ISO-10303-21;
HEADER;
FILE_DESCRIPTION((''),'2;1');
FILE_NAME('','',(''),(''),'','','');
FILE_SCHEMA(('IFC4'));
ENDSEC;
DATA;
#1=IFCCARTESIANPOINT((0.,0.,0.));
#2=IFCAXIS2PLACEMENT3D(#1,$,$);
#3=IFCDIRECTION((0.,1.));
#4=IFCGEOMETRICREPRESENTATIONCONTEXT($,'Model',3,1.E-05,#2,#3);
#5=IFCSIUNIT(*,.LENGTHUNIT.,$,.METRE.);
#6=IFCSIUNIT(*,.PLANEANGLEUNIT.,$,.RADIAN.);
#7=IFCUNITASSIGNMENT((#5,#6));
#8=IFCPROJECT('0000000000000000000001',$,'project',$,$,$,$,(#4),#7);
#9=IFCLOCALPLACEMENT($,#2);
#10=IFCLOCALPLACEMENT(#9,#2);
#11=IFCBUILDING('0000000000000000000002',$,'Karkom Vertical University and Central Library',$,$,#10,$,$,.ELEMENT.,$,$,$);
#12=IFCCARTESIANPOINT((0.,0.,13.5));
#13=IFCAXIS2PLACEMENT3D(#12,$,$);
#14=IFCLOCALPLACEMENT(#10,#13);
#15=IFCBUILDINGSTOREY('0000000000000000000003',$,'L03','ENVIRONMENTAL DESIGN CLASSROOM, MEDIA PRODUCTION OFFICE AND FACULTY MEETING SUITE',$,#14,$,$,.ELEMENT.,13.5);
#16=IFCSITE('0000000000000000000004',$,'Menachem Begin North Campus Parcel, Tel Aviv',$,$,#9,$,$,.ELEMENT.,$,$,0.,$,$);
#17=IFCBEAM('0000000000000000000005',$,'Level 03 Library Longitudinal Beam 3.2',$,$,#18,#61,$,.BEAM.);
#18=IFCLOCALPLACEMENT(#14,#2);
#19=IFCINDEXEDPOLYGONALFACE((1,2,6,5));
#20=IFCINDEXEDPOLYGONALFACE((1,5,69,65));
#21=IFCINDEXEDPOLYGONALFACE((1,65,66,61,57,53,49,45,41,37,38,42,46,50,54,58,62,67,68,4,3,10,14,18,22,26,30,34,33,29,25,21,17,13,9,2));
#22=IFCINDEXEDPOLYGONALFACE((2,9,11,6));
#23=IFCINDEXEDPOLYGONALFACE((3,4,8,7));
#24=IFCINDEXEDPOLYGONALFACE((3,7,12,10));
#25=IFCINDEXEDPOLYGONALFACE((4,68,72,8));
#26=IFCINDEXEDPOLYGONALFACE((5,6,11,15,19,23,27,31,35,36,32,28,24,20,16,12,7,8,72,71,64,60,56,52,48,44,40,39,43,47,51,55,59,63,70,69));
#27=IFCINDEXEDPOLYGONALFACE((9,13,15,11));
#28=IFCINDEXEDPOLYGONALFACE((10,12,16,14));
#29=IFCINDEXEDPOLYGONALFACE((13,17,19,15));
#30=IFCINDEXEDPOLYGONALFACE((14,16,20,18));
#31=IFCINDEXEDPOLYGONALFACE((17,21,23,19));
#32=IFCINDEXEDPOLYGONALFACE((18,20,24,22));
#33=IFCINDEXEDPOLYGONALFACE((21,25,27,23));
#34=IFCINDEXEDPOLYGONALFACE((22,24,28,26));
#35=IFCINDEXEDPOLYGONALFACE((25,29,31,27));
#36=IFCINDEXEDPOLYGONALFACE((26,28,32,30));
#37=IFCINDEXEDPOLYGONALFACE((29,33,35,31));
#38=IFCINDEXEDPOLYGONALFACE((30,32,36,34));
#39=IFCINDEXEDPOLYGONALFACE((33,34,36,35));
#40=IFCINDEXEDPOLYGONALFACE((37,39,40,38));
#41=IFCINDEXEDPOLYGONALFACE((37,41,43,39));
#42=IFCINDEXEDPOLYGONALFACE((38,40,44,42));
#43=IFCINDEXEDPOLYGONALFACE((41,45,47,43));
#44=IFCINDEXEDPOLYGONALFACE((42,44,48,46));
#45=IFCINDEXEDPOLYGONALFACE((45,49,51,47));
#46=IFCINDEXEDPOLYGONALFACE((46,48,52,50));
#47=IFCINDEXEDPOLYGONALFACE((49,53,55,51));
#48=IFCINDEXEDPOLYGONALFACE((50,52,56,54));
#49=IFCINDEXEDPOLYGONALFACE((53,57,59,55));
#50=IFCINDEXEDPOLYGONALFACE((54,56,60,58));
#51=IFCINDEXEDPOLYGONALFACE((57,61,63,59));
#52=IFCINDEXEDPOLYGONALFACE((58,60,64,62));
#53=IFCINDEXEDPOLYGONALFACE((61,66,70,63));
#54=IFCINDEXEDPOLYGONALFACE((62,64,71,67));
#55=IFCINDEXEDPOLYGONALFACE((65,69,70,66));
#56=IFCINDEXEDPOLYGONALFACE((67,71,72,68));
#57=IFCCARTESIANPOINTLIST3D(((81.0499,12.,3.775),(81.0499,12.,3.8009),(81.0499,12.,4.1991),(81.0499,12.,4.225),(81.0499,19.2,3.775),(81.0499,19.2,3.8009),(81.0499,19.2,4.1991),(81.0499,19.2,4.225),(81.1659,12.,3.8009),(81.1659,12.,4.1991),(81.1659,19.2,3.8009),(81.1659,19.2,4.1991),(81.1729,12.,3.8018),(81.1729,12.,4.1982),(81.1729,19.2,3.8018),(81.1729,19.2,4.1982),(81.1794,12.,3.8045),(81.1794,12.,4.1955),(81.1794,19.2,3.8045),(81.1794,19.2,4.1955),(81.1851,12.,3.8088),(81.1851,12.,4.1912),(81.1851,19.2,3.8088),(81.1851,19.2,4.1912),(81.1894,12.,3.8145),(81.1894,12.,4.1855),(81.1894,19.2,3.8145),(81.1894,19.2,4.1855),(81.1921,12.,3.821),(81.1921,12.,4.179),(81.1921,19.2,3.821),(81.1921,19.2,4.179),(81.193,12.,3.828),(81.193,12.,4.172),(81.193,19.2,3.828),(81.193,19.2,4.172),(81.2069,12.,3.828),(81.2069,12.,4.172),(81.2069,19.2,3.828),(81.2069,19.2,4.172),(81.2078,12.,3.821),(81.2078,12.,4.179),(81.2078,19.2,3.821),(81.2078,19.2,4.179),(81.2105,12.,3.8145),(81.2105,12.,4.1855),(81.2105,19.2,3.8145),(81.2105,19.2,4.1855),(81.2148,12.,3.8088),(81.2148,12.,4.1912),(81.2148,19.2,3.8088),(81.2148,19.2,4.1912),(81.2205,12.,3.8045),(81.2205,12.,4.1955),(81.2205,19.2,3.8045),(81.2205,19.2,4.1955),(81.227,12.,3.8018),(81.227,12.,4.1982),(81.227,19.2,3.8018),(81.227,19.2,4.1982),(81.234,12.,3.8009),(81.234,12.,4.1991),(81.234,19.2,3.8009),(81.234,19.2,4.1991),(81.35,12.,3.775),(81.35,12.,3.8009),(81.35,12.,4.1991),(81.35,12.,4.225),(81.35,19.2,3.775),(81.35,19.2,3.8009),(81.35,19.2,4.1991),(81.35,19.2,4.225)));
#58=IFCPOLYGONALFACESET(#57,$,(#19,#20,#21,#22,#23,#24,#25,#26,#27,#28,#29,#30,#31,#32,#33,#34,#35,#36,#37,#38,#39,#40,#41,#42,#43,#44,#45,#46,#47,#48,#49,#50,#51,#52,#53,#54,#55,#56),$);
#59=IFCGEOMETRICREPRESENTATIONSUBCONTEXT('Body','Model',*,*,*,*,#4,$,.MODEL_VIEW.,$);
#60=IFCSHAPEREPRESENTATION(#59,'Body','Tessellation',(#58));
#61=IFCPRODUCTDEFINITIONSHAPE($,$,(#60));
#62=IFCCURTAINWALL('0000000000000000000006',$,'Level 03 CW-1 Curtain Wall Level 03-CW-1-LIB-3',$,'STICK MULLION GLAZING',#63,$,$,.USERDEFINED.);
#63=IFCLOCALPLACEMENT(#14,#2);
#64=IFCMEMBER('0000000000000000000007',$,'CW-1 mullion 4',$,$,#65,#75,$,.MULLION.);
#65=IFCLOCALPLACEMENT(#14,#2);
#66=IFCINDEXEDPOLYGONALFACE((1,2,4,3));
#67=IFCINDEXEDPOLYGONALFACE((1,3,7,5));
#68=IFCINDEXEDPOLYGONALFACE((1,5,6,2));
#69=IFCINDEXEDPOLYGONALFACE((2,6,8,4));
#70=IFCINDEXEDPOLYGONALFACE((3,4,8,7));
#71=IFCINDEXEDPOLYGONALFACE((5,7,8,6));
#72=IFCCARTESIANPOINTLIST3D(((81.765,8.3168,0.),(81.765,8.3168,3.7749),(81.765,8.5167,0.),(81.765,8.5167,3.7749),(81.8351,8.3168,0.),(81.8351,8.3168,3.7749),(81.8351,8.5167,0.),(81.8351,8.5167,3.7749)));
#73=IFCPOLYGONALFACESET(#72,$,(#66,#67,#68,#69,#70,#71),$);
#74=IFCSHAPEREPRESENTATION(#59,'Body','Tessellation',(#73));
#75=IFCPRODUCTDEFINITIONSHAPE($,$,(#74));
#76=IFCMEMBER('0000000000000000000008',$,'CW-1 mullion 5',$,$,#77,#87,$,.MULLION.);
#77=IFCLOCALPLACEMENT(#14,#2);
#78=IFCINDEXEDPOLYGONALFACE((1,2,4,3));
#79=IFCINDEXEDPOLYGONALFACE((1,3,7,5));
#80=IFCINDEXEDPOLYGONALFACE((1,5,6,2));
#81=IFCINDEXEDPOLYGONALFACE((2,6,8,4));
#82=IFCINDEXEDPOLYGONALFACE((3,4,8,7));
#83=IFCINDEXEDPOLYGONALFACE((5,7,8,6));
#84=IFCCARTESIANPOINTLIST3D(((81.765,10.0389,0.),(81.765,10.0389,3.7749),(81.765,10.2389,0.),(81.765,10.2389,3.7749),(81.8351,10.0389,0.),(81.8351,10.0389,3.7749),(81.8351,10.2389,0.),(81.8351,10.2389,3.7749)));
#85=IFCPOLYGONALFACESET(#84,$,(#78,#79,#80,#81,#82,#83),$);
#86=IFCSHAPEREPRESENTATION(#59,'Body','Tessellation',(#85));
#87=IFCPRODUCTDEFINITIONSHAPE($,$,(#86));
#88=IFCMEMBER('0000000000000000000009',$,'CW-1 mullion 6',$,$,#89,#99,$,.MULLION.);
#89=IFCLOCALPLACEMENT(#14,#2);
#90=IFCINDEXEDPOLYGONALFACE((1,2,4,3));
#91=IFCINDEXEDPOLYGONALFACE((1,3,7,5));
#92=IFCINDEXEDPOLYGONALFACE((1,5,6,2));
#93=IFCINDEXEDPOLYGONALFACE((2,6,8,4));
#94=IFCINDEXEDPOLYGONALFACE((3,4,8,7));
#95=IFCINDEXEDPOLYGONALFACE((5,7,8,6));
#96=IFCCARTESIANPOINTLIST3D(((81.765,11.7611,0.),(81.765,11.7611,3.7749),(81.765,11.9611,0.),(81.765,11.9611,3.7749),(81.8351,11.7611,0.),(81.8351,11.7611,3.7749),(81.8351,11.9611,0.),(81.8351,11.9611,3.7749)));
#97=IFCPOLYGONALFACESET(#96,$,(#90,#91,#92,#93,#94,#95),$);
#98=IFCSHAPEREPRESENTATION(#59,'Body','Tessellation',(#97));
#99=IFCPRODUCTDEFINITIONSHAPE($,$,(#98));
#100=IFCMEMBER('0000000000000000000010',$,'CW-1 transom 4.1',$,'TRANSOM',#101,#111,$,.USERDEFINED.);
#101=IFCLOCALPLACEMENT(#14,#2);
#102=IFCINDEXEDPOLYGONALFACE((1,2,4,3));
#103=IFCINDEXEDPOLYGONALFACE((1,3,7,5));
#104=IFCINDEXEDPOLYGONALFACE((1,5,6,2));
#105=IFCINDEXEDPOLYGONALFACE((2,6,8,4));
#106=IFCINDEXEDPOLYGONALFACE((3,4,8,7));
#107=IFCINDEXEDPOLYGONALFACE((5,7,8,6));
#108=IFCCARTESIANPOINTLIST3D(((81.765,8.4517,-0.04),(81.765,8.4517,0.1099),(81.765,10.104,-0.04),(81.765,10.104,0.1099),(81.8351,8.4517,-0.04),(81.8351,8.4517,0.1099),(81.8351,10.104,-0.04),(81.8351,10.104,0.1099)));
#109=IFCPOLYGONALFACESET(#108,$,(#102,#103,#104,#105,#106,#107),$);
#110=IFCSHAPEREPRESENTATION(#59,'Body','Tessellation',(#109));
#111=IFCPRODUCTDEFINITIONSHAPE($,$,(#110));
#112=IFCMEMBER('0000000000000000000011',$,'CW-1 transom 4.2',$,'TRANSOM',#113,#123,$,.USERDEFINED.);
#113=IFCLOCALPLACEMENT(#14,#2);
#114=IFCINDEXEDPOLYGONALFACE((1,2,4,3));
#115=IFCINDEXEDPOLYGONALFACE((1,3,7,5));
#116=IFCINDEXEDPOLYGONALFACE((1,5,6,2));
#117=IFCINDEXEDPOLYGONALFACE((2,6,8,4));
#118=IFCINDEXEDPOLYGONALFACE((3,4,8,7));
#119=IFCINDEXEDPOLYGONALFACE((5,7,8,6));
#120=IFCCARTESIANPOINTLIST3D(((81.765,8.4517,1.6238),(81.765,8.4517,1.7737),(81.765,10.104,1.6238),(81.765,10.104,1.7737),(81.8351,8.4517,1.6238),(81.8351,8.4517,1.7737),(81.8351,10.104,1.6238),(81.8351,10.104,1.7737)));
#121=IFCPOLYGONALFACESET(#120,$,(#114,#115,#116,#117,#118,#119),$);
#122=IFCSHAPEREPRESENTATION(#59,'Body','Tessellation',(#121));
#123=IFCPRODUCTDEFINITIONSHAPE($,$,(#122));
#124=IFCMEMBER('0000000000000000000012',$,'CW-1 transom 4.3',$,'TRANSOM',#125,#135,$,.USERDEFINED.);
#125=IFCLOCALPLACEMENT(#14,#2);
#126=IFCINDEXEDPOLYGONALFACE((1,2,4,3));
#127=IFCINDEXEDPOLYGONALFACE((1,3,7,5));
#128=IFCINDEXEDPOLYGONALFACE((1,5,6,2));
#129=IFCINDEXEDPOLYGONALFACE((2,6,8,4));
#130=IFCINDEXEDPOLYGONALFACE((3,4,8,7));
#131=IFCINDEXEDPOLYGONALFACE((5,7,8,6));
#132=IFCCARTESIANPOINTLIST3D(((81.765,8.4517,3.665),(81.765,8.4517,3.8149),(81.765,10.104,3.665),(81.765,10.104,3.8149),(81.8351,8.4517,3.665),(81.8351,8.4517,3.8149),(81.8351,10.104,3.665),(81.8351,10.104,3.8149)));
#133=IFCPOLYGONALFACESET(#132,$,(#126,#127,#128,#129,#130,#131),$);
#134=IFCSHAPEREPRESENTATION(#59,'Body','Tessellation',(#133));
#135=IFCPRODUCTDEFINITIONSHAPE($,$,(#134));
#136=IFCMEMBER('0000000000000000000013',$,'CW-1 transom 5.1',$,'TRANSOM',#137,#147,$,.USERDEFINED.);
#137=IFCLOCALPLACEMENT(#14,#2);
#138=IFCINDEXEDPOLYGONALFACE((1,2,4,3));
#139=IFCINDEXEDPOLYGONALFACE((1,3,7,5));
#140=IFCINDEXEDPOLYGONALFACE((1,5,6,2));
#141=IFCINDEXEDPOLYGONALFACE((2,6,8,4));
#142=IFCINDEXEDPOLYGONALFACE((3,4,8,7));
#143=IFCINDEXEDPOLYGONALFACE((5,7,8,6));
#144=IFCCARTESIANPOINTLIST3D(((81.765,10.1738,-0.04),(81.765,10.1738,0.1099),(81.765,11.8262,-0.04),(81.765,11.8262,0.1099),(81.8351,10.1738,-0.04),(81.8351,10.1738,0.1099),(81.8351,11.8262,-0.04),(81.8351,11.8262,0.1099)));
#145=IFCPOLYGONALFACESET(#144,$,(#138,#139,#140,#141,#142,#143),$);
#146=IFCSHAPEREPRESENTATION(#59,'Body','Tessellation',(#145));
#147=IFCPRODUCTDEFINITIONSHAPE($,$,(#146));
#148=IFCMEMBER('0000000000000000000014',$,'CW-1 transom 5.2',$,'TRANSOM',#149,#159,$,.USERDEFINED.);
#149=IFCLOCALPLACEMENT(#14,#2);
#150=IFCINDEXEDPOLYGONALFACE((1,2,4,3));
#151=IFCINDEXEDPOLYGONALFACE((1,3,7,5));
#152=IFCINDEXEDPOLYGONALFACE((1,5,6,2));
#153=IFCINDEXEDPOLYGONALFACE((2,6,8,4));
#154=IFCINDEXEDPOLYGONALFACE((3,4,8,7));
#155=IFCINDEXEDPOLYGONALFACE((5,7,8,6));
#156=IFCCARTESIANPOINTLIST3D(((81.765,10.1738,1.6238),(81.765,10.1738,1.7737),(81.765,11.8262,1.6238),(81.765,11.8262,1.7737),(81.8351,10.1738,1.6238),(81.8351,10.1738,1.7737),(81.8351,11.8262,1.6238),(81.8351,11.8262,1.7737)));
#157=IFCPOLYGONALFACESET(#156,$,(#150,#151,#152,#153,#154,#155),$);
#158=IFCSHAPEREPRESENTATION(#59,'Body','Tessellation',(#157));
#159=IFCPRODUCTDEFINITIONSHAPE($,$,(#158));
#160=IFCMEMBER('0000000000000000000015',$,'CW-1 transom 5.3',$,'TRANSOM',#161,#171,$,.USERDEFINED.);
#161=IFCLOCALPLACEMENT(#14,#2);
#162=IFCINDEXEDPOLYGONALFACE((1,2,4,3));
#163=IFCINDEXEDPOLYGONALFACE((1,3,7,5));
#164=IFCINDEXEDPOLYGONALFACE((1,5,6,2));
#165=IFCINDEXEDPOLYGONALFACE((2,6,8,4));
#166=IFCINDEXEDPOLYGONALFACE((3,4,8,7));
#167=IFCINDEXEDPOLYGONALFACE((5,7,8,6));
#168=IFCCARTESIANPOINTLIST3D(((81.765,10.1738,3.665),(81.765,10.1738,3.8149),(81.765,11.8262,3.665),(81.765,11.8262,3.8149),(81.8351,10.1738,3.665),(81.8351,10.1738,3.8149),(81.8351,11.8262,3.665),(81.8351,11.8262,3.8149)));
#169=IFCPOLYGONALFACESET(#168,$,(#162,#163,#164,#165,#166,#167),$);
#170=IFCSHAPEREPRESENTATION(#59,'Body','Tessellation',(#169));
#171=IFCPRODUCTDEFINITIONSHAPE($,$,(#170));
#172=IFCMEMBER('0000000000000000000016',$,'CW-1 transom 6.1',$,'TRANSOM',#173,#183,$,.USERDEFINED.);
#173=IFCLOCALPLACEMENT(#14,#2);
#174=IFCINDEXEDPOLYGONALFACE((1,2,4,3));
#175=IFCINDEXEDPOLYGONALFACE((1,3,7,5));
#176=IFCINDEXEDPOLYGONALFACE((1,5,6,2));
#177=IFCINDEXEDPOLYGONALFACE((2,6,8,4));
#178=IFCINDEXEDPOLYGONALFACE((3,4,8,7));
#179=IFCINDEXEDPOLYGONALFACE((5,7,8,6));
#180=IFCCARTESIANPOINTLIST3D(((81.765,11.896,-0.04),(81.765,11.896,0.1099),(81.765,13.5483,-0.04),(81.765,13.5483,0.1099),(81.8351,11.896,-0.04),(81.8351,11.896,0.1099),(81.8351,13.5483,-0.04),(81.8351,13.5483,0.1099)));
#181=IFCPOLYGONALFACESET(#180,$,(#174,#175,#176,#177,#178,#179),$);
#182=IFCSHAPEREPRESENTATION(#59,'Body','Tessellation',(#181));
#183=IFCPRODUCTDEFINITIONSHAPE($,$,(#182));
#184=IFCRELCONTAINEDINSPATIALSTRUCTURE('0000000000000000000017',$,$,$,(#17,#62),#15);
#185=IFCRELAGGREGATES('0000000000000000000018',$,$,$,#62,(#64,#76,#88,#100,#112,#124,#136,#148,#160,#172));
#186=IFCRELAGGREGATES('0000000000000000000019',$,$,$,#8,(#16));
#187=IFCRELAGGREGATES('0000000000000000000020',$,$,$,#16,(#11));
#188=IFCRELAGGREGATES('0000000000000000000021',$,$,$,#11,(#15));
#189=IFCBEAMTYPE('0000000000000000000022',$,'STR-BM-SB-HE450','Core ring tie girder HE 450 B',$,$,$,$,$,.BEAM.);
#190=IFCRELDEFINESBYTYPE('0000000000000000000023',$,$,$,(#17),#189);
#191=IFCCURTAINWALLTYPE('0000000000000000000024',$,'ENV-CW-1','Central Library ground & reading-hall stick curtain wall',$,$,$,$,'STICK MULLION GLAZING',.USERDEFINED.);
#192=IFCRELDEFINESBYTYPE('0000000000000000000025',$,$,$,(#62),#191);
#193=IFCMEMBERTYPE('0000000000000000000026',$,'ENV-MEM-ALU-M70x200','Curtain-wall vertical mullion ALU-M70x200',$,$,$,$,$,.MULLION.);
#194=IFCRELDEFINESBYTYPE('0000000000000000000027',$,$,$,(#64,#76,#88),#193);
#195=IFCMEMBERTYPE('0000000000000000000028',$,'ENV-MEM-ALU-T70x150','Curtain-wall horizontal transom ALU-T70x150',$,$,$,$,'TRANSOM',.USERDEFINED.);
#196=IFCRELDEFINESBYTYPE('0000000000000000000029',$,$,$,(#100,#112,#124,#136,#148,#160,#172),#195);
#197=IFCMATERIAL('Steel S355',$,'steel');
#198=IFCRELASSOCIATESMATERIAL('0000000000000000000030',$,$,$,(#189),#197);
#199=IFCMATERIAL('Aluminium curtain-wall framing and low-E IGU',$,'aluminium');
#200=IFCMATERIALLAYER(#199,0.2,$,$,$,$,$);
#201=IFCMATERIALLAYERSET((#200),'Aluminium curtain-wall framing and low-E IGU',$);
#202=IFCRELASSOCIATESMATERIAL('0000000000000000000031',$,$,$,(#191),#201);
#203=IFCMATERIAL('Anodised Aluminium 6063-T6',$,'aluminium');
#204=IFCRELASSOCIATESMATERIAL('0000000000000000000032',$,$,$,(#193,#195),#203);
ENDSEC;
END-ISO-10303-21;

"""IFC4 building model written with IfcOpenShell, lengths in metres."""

from ifc_helpers import new_model, si_unit, direction, frame, origin, origin_with_axes, origin_2d, place, context, subcontext, project, spatial, rectangle, i_section, extrude, source, transform, mapped, material, layer, layer_set, material_profile, profile_set, type_object, element, aggregate, save


model = new_model("IFC4")

# Units and contexts
model_context = context("Model", 3, precision=1e-05, world=origin(), true_north=direction((0.0, 1.0)))
body_context = subcontext(model_context, "Body", "Model", "MODEL_VIEW")
ifc_project = project(units=[si_unit("LENGTHUNIT", "METRE"), si_unit("PLANEANGLEUNIT", "RADIAN")], contexts=[model_context])

# Site, building, storey
site_placement = place(None, origin())
site = spatial("IfcSite", under=ifc_project, at=site_placement, Name="Menachem Begin North Campus Parcel, Tel Aviv", CompositionType="ELEMENT", RefElevation=0.0)
building_placement = place(site_placement, origin())
building = spatial("IfcBuilding", under=site, at=building_placement, Name="Karkom Vertical University and Central Library", CompositionType="ELEMENT")
storey_placement = place(building_placement, frame((0.0, 0.0, 13.5)))
storey = spatial("IfcBuildingStorey", under=building, at=storey_placement, Name="L03", Description="ENVIRONMENTAL DESIGN CLASSROOM, MEDIA PRODUCTION OFFICE AND FACULTY MEETING SUITE", CompositionType="ELEMENT", Elevation=13.5)

# Beam
ifc_material_1 = material(Name="Steel S355", Category="steel")
ifc_material_profile_1 = material_profile(ifc_material_1, i_section(OverallWidth=0.3, OverallDepth=0.45, WebThickness=0.0139, FlangeThickness=0.0259, FilletRadius=0.0271, at=origin_2d()), Name="HE 450 B")
ifc_profile_set_1 = profile_set([ifc_material_profile_1], Name="Steel S355")
beam_type_1 = type_object("IfcBeamType", Name="STR-BM-SB-HE450", Description="Core ring tie girder HE 450 B", PredefinedType="BEAM", material=ifc_profile_set_1)
shared_shape_1 = source(origin_with_axes(), body_context, "Body", "SweptSolid", [
    extrude(i_section(OverallWidth=0.3, OverallDepth=0.45, WebThickness=0.0139, FlangeThickness=0.0259, FilletRadius=0.0271, at=origin_2d()), origin(), (0.0, 0.0, 1.0), 7.2),
])
for number, where, z_axis, x_axis, name in (
    (1, (81.2, 12.0, 4.0), (0.0, 1.0, 0.0), (-1.0, 0.0, 0.0), "Level 03 Library Longitudinal Beam 3.2"),
):
    element("IfcBeam", number, at=place(storey_placement, frame(where, z_axis=z_axis, x_axis=x_axis)), inside=storey, type_object=beam_type_1, Name=name, PredefinedType="BEAM", context=body_context, shape_type="MappedRepresentation", body=[
        mapped(shared_shape_1, transform((0.0, 0.0, 0.0), scale=1.0)),
    ])

# Curtain wall, members
ifc_material_2 = material(Name="Aluminium curtain-wall framing and low-E IGU", Category="aluminium")
ifc_layer_1 = layer(ifc_material_2, 0.2)
ifc_layer_set_1 = layer_set([ifc_layer_1], Name="Aluminium curtain-wall framing and low-E IGU")
curtain_wall_type = type_object("IfcCurtainWallType", Name="ENV-CW-1", Description="Central Library ground & reading-hall stick curtain wall", ElementType="STICK MULLION GLAZING", PredefinedType="USERDEFINED", material=ifc_layer_set_1)
curtain_wall_placement = place(storey_placement, origin())
curtain_wall = element("IfcCurtainWall", 2, at=curtain_wall_placement, inside=storey, type_object=curtain_wall_type, Name="Level 03 CW-1 Curtain Wall Level 03-CW-1-LIB-3", ObjectType="STICK MULLION GLAZING", PredefinedType="USERDEFINED")
ifc_material_3 = material(Name="Anodised Aluminium 6063-T6", Category="aluminium")
ifc_material_profile_2 = material_profile(ifc_material_3, rectangle(XDim=0.0701, YDim=0.2, at=origin_2d()), Name="ALU-M70x200")
ifc_profile_set_2 = profile_set([ifc_material_profile_2], Name="Anodised Aluminium 6063-T6")
member_type_1 = type_object("IfcMemberType", Name="ENV-MEM-ALU-M70x200", Description="Curtain-wall vertical mullion ALU-M70x200", PredefinedType="MULLION", material=ifc_profile_set_2)
shared_shape_2 = source(origin_with_axes(), body_context, "Body", "SweptSolid", [
    extrude(rectangle(XDim=0.0701, YDim=0.2, at=origin_2d()), origin(), (0.0, 0.0, 1.0), 3.7749),
])
member_1_placement = place(storey_placement, frame((81.8, 8.4167, 0.0), z_axis=(0.0, 0.0, 1.0), x_axis=(-1.0, 0.0, 0.0)))
member_1 = element("IfcMember", 3, at=member_1_placement, type_object=member_type_1, Name="CW-1 mullion 4", PredefinedType="MULLION", context=body_context, shape_type="MappedRepresentation", body=[
    mapped(shared_shape_2, transform((0.0, 0.0, 0.0), scale=1.0)),
])
member_2_placement = place(storey_placement, frame((81.8, 10.1389, 0.0), z_axis=(0.0, 0.0, 1.0), x_axis=(-1.0, 0.0, 0.0)))
member_2 = element("IfcMember", 4, at=member_2_placement, type_object=member_type_1, Name="CW-1 mullion 5", PredefinedType="MULLION", context=body_context, shape_type="MappedRepresentation", body=[
    mapped(shared_shape_2, transform((0.0, 0.0, 0.0), scale=1.0)),
])
member_3_placement = place(storey_placement, frame((81.8, 11.8611, 0.0), z_axis=(0.0, 0.0, 1.0), x_axis=(-1.0, 0.0, 0.0)))
member_3 = element("IfcMember", 5, at=member_3_placement, type_object=member_type_1, Name="CW-1 mullion 6", PredefinedType="MULLION", context=body_context, shape_type="MappedRepresentation", body=[
    mapped(shared_shape_2, transform((0.0, 0.0, 0.0), scale=1.0)),
])
ifc_material_profile_3 = material_profile(ifc_material_3, rectangle(XDim=0.0701, YDim=0.1499, at=origin_2d()), Name="ALU-T70x150")
ifc_profile_set_3 = profile_set([ifc_material_profile_3], Name="Anodised Aluminium 6063-T6")
member_type_2 = type_object("IfcMemberType", Name="ENV-MEM-ALU-T70x150", Description="Curtain-wall horizontal transom ALU-T70x150", ElementType="TRANSOM", PredefinedType="USERDEFINED", material=ifc_profile_set_3)
shared_shape_3 = source(origin_with_axes(), body_context, "Body", "SweptSolid", [
    extrude(rectangle(XDim=0.0701, YDim=0.1499, at=origin_2d()), origin(), (0.0, 0.0, 1.0), 1.6523),
])
member_4_placement = place(storey_placement, frame((81.8, 8.4517, 0.0349), z_axis=(0.0, 1.0, 0.0), x_axis=(-1.0, 0.0, 0.0)))
member_4 = element("IfcMember", 6, at=member_4_placement, type_object=member_type_2, Name="CW-1 transom 4.1", ObjectType="TRANSOM", PredefinedType="USERDEFINED", context=body_context, shape_type="MappedRepresentation", body=[
    mapped(shared_shape_3, transform((0.0, 0.0, 0.0), scale=1.0)),
])
member_5_placement = place(storey_placement, frame((81.8, 8.4517, 1.6987), z_axis=(0.0, 1.0, 0.0), x_axis=(-1.0, 0.0, 0.0)))
member_5 = element("IfcMember", 7, at=member_5_placement, type_object=member_type_2, Name="CW-1 transom 4.2", ObjectType="TRANSOM", PredefinedType="USERDEFINED", context=body_context, shape_type="MappedRepresentation", body=[
    mapped(shared_shape_3, transform((0.0, 0.0, 0.0), scale=1.0)),
])
member_6_placement = place(storey_placement, frame((81.8, 8.4517, 3.74), z_axis=(0.0, 1.0, 0.0), x_axis=(-1.0, 0.0, 0.0)))
member_6 = element("IfcMember", 8, at=member_6_placement, type_object=member_type_2, Name="CW-1 transom 4.3", ObjectType="TRANSOM", PredefinedType="USERDEFINED", context=body_context, shape_type="MappedRepresentation", body=[
    mapped(shared_shape_3, transform((0.0, 0.0, 0.0), scale=1.0)),
])
member_7_placement = place(storey_placement, frame((81.8, 10.1738, 0.0349), z_axis=(0.0, 1.0, 0.0), x_axis=(-1.0, 0.0, 0.0)))
member_7 = element("IfcMember", 9, at=member_7_placement, type_object=member_type_2, Name="CW-1 transom 5.1", ObjectType="TRANSOM", PredefinedType="USERDEFINED", context=body_context, shape_type="MappedRepresentation", body=[
    mapped(shared_shape_3, transform((0.0, 0.0, 0.0), scale=1.0)),
])
member_8_placement = place(storey_placement, frame((81.8, 10.1738, 1.6987), z_axis=(0.0, 1.0, 0.0), x_axis=(-1.0, 0.0, 0.0)))
member_8 = element("IfcMember", 10, at=member_8_placement, type_object=member_type_2, Name="CW-1 transom 5.2", ObjectType="TRANSOM", PredefinedType="USERDEFINED", context=body_context, shape_type="MappedRepresentation", body=[
    mapped(shared_shape_3, transform((0.0, 0.0, 0.0), scale=1.0)),
])
member_9_placement = place(storey_placement, frame((81.8, 10.1738, 3.74), z_axis=(0.0, 1.0, 0.0), x_axis=(-1.0, 0.0, 0.0)))
member_9 = element("IfcMember", 11, at=member_9_placement, type_object=member_type_2, Name="CW-1 transom 5.3", ObjectType="TRANSOM", PredefinedType="USERDEFINED", context=body_context, shape_type="MappedRepresentation", body=[
    mapped(shared_shape_3, transform((0.0, 0.0, 0.0), scale=1.0)),
])
member_10_placement = place(storey_placement, frame((81.8, 11.896, 0.0349), z_axis=(0.0, 1.0, 0.0), x_axis=(-1.0, 0.0, 0.0)))
member_10 = element("IfcMember", 12, at=member_10_placement, type_object=member_type_2, Name="CW-1 transom 6.1", ObjectType="TRANSOM", PredefinedType="USERDEFINED", context=body_context, shape_type="MappedRepresentation", body=[
    mapped(shared_shape_3, transform((0.0, 0.0, 0.0), scale=1.0)),
])
aggregate(curtain_wall, [member_1, member_2, member_3, member_4, member_5, member_6, member_7, member_8, member_9, member_10])

save(model, "model.ifc")
